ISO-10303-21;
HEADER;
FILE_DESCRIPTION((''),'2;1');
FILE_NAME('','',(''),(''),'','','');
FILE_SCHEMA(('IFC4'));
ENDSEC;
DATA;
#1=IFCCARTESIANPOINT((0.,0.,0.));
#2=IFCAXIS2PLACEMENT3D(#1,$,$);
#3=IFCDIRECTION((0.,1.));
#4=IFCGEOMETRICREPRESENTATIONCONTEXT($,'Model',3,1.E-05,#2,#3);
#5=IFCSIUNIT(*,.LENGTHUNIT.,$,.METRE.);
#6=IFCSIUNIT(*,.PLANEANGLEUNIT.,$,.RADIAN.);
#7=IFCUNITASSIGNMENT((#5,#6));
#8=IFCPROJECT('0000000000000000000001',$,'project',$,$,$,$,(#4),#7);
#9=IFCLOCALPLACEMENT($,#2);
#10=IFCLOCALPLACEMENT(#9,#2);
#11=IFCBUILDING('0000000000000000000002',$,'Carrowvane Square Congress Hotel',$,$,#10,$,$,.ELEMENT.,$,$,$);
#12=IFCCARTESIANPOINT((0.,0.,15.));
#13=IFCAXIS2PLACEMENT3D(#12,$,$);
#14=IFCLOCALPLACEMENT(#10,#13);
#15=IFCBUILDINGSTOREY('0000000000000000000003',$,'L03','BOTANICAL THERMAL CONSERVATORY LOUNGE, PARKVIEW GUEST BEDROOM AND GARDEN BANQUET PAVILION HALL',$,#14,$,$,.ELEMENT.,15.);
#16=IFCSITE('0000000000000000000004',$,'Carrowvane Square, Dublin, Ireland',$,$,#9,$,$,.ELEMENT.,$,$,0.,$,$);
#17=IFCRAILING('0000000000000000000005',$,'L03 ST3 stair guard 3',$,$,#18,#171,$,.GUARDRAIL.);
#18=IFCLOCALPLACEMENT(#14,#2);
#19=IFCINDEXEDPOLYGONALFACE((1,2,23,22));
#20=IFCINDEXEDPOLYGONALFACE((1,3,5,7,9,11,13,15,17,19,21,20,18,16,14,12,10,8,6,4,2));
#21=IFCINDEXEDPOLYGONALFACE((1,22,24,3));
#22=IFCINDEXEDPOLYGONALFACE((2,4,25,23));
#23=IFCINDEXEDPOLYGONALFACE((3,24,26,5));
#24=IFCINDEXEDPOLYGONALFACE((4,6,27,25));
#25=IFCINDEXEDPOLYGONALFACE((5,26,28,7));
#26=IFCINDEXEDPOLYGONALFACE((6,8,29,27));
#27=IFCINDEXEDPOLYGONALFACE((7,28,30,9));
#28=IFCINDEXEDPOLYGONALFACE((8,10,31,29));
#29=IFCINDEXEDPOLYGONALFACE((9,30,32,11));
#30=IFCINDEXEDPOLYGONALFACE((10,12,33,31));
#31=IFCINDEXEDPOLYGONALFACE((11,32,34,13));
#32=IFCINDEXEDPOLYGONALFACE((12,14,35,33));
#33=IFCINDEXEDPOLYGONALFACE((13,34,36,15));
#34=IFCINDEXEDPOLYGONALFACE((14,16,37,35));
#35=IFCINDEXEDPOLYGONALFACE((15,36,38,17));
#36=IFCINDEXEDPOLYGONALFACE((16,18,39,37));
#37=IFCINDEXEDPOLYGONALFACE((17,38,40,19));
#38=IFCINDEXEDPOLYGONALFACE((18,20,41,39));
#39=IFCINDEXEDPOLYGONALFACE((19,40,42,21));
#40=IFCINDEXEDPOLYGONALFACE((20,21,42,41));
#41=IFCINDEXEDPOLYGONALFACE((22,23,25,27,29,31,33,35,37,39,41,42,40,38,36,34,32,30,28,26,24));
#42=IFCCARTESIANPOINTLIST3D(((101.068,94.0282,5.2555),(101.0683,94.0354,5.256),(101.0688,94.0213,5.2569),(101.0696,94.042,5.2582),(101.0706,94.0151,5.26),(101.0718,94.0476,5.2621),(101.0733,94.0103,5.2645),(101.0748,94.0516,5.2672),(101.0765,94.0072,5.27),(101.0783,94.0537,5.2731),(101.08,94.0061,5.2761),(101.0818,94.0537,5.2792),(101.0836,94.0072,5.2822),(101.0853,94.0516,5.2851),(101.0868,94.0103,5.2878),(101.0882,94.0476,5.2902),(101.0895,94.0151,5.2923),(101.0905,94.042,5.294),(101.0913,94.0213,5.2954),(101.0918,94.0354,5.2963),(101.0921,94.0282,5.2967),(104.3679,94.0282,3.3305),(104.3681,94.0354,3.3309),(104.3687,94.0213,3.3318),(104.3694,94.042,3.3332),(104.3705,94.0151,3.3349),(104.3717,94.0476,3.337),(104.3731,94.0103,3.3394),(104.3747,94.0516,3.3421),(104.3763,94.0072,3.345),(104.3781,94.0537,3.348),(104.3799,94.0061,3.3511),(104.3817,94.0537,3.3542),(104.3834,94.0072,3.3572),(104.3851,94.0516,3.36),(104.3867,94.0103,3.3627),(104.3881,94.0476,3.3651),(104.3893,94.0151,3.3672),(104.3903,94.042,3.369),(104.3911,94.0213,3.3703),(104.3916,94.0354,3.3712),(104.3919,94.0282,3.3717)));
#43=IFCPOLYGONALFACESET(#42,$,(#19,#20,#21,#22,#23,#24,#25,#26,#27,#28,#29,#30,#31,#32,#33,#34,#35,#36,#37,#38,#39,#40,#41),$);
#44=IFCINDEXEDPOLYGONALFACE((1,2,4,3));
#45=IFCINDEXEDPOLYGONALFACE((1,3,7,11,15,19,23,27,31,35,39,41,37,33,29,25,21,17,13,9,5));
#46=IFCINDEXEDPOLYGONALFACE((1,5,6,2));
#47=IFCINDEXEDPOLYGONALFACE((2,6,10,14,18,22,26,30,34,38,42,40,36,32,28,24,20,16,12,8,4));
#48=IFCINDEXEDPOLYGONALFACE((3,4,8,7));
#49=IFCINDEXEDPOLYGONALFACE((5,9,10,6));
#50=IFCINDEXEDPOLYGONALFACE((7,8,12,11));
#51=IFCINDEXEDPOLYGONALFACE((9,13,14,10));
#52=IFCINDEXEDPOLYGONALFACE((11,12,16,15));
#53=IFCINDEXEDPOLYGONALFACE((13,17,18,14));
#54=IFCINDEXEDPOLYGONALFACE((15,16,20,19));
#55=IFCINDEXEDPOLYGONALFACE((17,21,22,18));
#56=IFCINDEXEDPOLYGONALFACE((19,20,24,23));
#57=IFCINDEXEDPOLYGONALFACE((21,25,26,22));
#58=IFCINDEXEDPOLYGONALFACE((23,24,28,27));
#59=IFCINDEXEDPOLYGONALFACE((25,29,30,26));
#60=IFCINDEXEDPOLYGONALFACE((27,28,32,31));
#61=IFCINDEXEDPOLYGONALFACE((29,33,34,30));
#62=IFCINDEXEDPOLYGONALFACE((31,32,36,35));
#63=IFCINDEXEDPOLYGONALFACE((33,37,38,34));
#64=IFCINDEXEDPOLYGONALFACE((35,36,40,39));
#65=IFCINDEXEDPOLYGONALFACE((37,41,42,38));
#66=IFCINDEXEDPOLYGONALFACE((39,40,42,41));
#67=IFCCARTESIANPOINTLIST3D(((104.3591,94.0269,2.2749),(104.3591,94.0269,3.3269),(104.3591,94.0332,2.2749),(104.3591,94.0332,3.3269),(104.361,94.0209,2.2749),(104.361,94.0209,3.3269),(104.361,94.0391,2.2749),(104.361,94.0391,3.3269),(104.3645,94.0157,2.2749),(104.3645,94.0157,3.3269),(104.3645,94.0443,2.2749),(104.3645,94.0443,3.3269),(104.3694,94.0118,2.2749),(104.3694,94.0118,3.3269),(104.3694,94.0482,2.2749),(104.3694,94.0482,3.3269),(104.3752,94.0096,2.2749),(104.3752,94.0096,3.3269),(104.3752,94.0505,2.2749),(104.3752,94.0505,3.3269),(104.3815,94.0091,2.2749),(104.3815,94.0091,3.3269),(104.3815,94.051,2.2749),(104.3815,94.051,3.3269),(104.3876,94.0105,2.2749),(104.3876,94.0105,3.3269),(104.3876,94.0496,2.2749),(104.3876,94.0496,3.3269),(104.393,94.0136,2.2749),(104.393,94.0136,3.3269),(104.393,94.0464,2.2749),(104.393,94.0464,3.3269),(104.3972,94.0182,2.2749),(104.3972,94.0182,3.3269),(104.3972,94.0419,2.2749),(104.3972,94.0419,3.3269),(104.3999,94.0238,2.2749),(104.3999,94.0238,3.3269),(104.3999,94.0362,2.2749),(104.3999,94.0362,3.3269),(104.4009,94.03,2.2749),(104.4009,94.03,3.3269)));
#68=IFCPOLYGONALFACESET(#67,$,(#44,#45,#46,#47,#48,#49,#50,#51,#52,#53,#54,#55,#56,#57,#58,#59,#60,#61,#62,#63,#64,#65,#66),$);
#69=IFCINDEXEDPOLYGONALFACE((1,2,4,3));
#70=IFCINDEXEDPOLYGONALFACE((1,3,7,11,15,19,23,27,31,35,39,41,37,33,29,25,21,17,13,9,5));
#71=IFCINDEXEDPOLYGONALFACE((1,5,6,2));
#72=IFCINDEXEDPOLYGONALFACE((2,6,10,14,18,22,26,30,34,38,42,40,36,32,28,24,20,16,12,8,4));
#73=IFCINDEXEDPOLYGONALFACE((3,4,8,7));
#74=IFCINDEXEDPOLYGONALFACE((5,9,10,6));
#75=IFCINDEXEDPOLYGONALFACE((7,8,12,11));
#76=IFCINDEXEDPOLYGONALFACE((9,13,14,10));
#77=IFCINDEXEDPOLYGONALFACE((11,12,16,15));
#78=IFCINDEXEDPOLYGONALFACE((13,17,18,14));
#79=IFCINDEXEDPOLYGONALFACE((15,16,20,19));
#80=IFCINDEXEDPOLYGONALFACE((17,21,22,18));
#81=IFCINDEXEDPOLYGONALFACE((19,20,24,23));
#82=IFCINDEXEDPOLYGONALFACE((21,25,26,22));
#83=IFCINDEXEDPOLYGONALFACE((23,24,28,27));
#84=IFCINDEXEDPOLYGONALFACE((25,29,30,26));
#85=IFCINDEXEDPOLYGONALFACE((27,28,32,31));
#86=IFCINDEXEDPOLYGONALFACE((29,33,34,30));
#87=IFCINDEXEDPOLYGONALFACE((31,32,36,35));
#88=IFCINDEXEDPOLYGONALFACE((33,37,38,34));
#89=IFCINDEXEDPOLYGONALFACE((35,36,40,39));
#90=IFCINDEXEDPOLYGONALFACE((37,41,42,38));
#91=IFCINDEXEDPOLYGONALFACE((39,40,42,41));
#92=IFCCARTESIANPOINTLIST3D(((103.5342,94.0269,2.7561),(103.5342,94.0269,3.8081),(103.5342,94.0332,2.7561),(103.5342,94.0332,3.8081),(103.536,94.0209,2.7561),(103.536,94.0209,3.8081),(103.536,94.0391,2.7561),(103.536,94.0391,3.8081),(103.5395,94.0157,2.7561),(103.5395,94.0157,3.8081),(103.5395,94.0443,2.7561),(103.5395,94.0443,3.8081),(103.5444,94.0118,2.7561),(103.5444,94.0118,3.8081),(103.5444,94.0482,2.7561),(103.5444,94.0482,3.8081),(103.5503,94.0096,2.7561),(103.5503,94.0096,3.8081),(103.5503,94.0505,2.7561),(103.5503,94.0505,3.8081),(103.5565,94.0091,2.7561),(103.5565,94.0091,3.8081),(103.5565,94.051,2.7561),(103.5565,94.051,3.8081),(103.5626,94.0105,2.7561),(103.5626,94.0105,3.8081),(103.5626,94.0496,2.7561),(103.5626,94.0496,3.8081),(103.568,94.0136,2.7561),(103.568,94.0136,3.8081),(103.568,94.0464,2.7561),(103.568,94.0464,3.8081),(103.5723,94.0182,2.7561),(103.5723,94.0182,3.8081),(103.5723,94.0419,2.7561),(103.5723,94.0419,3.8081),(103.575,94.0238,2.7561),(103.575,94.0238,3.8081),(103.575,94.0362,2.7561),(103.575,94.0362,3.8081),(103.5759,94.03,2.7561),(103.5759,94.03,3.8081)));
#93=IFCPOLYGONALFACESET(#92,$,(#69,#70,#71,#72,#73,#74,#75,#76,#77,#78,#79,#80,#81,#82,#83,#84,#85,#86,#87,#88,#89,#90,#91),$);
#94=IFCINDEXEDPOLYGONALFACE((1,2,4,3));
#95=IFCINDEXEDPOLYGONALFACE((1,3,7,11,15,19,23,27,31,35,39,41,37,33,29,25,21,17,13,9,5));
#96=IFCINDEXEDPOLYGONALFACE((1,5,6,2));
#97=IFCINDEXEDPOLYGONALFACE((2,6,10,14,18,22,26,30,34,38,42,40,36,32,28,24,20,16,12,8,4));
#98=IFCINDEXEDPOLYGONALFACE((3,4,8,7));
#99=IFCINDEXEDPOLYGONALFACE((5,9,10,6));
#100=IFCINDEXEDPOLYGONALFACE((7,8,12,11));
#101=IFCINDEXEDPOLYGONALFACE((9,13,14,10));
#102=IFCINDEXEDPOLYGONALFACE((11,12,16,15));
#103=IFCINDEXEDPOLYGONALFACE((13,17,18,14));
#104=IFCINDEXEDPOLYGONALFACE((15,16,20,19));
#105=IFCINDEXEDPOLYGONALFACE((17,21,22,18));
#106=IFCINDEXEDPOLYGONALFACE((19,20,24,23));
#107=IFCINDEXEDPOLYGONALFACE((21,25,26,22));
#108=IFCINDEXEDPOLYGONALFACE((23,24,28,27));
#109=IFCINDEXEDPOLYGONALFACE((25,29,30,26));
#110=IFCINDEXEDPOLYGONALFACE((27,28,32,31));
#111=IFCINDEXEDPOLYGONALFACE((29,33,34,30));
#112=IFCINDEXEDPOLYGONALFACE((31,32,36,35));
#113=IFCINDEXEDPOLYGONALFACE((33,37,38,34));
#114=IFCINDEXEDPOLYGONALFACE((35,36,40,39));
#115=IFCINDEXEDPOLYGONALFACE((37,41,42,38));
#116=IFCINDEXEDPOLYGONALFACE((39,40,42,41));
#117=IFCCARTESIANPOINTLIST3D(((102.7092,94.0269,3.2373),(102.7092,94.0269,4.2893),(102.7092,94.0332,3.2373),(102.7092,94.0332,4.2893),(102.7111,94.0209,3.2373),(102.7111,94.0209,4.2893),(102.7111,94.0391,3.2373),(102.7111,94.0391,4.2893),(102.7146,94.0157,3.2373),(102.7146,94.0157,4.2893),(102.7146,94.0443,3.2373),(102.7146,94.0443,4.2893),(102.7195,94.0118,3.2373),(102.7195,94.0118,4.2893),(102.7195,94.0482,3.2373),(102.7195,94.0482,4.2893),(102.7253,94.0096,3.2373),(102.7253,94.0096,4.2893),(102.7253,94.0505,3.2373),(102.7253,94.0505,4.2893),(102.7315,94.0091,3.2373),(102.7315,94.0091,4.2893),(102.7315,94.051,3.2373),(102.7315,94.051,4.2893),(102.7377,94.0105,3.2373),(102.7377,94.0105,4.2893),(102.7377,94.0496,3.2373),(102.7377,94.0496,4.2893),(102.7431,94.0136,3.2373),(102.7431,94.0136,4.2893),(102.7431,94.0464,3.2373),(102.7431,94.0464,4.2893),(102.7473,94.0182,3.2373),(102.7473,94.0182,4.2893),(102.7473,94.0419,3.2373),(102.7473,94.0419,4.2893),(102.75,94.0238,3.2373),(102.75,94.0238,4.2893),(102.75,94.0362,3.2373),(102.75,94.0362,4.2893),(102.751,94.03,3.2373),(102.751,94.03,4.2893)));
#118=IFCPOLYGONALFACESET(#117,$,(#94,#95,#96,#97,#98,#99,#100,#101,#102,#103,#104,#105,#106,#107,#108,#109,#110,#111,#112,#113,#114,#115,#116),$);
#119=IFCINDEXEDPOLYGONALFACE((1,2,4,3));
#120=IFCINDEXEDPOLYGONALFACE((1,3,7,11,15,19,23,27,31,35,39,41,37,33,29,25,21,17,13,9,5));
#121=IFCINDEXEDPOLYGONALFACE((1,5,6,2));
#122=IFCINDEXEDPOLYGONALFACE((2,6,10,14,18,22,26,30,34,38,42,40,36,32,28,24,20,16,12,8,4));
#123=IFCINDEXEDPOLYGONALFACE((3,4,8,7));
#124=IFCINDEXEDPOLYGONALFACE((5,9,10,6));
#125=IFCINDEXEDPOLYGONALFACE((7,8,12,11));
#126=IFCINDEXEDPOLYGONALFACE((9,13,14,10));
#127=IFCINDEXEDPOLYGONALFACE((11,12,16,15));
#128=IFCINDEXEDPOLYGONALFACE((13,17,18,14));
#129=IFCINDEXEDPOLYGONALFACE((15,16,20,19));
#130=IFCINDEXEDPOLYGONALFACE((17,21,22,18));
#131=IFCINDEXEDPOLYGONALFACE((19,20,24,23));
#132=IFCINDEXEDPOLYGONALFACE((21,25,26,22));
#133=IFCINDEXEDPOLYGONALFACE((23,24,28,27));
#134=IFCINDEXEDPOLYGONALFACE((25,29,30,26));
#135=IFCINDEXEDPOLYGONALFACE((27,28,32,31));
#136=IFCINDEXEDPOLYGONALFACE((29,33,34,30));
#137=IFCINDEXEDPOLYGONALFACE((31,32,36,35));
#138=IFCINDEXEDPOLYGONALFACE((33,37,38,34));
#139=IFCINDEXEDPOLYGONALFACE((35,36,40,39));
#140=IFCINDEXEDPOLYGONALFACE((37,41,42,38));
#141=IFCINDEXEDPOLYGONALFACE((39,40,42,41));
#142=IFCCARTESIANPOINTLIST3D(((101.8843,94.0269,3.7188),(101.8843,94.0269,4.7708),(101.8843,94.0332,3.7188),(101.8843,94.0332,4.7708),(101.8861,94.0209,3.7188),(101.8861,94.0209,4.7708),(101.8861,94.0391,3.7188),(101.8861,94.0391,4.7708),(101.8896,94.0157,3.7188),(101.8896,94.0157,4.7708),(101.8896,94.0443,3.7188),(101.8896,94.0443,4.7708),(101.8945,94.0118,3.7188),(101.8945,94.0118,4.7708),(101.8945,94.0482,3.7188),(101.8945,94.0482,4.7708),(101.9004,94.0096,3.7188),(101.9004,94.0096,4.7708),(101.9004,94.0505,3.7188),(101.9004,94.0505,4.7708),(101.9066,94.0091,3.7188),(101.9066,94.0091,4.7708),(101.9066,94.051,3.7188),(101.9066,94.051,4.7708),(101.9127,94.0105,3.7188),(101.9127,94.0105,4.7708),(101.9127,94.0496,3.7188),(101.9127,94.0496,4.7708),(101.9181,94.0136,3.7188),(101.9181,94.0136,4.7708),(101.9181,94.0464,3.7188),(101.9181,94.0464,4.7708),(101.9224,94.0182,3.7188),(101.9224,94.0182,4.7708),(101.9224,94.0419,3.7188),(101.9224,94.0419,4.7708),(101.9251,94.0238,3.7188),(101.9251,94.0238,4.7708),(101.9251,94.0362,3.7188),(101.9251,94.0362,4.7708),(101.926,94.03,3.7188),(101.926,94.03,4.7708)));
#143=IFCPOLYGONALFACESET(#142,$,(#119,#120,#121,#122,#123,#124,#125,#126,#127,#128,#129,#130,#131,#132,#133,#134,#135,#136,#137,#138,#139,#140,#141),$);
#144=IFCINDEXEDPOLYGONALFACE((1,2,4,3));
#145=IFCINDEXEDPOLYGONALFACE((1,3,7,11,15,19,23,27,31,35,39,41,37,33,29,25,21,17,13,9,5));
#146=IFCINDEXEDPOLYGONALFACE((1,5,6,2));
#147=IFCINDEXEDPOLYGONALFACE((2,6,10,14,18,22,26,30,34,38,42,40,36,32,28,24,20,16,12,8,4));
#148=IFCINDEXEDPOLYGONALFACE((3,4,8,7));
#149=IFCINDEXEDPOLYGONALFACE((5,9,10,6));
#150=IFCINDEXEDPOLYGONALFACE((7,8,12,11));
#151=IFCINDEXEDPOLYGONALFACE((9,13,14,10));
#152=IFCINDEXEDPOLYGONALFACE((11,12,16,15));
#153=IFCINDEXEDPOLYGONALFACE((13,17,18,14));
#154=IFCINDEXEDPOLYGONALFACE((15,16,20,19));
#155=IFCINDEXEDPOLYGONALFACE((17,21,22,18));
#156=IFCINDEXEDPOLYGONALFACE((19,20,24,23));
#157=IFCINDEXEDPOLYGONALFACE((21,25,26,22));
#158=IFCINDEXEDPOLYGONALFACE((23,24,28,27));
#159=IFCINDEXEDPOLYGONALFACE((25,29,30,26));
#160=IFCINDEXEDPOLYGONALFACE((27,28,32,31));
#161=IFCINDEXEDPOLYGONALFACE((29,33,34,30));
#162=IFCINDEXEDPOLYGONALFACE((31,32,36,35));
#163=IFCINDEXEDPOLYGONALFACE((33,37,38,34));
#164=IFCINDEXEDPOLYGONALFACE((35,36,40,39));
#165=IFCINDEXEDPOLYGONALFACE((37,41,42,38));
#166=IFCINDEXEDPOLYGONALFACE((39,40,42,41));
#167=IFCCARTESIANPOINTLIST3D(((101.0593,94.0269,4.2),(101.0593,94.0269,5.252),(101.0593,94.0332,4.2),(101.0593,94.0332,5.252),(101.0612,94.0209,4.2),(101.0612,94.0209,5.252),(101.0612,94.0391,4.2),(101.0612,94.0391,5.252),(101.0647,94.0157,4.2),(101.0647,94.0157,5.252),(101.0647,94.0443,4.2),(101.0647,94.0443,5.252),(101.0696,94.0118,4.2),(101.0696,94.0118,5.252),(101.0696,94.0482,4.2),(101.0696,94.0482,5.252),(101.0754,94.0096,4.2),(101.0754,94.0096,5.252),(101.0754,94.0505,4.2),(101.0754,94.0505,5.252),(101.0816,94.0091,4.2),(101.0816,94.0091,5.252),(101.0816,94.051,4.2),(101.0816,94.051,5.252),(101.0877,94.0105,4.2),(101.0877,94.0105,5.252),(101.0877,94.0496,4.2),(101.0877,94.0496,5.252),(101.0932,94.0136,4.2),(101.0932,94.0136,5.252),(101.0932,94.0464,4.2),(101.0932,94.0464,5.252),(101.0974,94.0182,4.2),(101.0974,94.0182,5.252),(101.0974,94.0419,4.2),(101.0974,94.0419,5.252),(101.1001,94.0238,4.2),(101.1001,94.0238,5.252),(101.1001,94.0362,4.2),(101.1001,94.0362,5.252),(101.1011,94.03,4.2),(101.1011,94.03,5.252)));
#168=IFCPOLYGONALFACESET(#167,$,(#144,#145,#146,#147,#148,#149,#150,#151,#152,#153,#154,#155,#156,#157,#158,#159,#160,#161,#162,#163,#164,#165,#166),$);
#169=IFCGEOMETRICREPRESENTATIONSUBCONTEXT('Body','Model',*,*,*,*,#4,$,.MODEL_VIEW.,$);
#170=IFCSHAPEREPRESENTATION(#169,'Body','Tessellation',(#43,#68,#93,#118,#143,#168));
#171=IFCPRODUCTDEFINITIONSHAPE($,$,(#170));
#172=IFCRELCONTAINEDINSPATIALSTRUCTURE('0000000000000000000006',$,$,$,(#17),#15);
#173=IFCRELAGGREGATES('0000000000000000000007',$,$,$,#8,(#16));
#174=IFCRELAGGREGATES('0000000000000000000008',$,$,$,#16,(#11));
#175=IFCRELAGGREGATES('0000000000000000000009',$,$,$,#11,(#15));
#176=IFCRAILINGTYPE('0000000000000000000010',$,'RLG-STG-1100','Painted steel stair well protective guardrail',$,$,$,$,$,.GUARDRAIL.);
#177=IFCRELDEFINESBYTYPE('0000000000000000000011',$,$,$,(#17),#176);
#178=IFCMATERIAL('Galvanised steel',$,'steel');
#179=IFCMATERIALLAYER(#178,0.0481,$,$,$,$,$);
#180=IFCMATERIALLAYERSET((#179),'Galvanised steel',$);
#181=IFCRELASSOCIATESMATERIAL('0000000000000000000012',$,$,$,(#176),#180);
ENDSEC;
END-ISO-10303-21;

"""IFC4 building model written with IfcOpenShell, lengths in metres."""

from ifc_helpers import new_model, si_unit, direction, frame, origin, origin_2d, place, context, subcontext, project, spatial, circle, extrude, material, layer, layer_set, type_object, element, save


model = new_model("IFC4")

# Units and contexts
model_context = context("Model", 3, precision=1e-05, world=origin(), true_north=direction((0.0, 1.0)))
body_context = subcontext(model_context, "Body", "Model", "MODEL_VIEW")
ifc_project = project(units=[si_unit("LENGTHUNIT", "METRE"), si_unit("PLANEANGLEUNIT", "RADIAN")], contexts=[model_context])

# Site, building, storey
site_placement = place(None, origin())
site = spatial("IfcSite", under=ifc_project, at=site_placement, Name="Carrowvane Square, Dublin, Ireland", CompositionType="ELEMENT", RefElevation=0.0)
building_placement = place(site_placement, origin())
building = spatial("IfcBuilding", under=site, at=building_placement, Name="Carrowvane Square Congress Hotel", CompositionType="ELEMENT")
storey_placement = place(building_placement, frame((0.0, 0.0, 15.0)))
storey = spatial("IfcBuildingStorey", under=building, at=storey_placement, Name="L03", Description="BOTANICAL THERMAL CONSERVATORY LOUNGE, PARKVIEW GUEST BEDROOM AND GARDEN BANQUET PAVILION HALL", CompositionType="ELEMENT", Elevation=15.0)

# Railing
ifc_material_1 = material(Name="Galvanised steel", Category="steel")
ifc_layer_1 = layer(ifc_material_1, 0.0481)
ifc_layer_set_1 = layer_set([ifc_layer_1], Name="Galvanised steel")
railing_type_1 = type_object("IfcRailingType", Name="RLG-STG-1100", Description="Painted steel stair well protective guardrail", PredefinedType="GUARDRAIL", material=ifc_layer_set_1)
railing_1_placement = place(storey_placement, frame((104.3799, 94.03, 2.2749)))
element("IfcRailing", 1, at=railing_1_placement, inside=storey, type_object=railing_type_1, Name="L03 ST3 stair guard 3", PredefinedType="GUARDRAIL", context=body_context, shape_type="SweptSolid", body=[
    extrude(circle(Radius=0.0239, at=origin_2d()), frame((0.0, 0.0, 1.0762), z_axis=(-0.86376, 0.0, 0.503903), x_axis=(0.0, -1.0, 0.0)), (0.0, 0.0, 1.0), 3.8203),
    extrude(circle(Radius=0.021, at=origin_2d()), origin(), (0.0, 0.0, 1.0), 1.052),
    extrude(circle(Radius=0.021, at=origin_2d()), frame((-0.825, 0.0, 0.4812)), (0.0, 0.0, 1.0), 1.052),
    extrude(circle(Radius=0.021, at=origin_2d()), frame((-1.6499, 0.0, 0.9624)), (0.0, 0.0, 1.0), 1.052),
    extrude(circle(Radius=0.021, at=origin_2d()), frame((-2.4749, 0.0, 1.4438)), (0.0, 0.0, 1.0), 1.052),
    extrude(circle(Radius=0.021, at=origin_2d()), frame((-3.2998, 0.0, 1.925)), (0.0, 0.0, 1.0), 1.052),
])

save(model, "model.ifc")
